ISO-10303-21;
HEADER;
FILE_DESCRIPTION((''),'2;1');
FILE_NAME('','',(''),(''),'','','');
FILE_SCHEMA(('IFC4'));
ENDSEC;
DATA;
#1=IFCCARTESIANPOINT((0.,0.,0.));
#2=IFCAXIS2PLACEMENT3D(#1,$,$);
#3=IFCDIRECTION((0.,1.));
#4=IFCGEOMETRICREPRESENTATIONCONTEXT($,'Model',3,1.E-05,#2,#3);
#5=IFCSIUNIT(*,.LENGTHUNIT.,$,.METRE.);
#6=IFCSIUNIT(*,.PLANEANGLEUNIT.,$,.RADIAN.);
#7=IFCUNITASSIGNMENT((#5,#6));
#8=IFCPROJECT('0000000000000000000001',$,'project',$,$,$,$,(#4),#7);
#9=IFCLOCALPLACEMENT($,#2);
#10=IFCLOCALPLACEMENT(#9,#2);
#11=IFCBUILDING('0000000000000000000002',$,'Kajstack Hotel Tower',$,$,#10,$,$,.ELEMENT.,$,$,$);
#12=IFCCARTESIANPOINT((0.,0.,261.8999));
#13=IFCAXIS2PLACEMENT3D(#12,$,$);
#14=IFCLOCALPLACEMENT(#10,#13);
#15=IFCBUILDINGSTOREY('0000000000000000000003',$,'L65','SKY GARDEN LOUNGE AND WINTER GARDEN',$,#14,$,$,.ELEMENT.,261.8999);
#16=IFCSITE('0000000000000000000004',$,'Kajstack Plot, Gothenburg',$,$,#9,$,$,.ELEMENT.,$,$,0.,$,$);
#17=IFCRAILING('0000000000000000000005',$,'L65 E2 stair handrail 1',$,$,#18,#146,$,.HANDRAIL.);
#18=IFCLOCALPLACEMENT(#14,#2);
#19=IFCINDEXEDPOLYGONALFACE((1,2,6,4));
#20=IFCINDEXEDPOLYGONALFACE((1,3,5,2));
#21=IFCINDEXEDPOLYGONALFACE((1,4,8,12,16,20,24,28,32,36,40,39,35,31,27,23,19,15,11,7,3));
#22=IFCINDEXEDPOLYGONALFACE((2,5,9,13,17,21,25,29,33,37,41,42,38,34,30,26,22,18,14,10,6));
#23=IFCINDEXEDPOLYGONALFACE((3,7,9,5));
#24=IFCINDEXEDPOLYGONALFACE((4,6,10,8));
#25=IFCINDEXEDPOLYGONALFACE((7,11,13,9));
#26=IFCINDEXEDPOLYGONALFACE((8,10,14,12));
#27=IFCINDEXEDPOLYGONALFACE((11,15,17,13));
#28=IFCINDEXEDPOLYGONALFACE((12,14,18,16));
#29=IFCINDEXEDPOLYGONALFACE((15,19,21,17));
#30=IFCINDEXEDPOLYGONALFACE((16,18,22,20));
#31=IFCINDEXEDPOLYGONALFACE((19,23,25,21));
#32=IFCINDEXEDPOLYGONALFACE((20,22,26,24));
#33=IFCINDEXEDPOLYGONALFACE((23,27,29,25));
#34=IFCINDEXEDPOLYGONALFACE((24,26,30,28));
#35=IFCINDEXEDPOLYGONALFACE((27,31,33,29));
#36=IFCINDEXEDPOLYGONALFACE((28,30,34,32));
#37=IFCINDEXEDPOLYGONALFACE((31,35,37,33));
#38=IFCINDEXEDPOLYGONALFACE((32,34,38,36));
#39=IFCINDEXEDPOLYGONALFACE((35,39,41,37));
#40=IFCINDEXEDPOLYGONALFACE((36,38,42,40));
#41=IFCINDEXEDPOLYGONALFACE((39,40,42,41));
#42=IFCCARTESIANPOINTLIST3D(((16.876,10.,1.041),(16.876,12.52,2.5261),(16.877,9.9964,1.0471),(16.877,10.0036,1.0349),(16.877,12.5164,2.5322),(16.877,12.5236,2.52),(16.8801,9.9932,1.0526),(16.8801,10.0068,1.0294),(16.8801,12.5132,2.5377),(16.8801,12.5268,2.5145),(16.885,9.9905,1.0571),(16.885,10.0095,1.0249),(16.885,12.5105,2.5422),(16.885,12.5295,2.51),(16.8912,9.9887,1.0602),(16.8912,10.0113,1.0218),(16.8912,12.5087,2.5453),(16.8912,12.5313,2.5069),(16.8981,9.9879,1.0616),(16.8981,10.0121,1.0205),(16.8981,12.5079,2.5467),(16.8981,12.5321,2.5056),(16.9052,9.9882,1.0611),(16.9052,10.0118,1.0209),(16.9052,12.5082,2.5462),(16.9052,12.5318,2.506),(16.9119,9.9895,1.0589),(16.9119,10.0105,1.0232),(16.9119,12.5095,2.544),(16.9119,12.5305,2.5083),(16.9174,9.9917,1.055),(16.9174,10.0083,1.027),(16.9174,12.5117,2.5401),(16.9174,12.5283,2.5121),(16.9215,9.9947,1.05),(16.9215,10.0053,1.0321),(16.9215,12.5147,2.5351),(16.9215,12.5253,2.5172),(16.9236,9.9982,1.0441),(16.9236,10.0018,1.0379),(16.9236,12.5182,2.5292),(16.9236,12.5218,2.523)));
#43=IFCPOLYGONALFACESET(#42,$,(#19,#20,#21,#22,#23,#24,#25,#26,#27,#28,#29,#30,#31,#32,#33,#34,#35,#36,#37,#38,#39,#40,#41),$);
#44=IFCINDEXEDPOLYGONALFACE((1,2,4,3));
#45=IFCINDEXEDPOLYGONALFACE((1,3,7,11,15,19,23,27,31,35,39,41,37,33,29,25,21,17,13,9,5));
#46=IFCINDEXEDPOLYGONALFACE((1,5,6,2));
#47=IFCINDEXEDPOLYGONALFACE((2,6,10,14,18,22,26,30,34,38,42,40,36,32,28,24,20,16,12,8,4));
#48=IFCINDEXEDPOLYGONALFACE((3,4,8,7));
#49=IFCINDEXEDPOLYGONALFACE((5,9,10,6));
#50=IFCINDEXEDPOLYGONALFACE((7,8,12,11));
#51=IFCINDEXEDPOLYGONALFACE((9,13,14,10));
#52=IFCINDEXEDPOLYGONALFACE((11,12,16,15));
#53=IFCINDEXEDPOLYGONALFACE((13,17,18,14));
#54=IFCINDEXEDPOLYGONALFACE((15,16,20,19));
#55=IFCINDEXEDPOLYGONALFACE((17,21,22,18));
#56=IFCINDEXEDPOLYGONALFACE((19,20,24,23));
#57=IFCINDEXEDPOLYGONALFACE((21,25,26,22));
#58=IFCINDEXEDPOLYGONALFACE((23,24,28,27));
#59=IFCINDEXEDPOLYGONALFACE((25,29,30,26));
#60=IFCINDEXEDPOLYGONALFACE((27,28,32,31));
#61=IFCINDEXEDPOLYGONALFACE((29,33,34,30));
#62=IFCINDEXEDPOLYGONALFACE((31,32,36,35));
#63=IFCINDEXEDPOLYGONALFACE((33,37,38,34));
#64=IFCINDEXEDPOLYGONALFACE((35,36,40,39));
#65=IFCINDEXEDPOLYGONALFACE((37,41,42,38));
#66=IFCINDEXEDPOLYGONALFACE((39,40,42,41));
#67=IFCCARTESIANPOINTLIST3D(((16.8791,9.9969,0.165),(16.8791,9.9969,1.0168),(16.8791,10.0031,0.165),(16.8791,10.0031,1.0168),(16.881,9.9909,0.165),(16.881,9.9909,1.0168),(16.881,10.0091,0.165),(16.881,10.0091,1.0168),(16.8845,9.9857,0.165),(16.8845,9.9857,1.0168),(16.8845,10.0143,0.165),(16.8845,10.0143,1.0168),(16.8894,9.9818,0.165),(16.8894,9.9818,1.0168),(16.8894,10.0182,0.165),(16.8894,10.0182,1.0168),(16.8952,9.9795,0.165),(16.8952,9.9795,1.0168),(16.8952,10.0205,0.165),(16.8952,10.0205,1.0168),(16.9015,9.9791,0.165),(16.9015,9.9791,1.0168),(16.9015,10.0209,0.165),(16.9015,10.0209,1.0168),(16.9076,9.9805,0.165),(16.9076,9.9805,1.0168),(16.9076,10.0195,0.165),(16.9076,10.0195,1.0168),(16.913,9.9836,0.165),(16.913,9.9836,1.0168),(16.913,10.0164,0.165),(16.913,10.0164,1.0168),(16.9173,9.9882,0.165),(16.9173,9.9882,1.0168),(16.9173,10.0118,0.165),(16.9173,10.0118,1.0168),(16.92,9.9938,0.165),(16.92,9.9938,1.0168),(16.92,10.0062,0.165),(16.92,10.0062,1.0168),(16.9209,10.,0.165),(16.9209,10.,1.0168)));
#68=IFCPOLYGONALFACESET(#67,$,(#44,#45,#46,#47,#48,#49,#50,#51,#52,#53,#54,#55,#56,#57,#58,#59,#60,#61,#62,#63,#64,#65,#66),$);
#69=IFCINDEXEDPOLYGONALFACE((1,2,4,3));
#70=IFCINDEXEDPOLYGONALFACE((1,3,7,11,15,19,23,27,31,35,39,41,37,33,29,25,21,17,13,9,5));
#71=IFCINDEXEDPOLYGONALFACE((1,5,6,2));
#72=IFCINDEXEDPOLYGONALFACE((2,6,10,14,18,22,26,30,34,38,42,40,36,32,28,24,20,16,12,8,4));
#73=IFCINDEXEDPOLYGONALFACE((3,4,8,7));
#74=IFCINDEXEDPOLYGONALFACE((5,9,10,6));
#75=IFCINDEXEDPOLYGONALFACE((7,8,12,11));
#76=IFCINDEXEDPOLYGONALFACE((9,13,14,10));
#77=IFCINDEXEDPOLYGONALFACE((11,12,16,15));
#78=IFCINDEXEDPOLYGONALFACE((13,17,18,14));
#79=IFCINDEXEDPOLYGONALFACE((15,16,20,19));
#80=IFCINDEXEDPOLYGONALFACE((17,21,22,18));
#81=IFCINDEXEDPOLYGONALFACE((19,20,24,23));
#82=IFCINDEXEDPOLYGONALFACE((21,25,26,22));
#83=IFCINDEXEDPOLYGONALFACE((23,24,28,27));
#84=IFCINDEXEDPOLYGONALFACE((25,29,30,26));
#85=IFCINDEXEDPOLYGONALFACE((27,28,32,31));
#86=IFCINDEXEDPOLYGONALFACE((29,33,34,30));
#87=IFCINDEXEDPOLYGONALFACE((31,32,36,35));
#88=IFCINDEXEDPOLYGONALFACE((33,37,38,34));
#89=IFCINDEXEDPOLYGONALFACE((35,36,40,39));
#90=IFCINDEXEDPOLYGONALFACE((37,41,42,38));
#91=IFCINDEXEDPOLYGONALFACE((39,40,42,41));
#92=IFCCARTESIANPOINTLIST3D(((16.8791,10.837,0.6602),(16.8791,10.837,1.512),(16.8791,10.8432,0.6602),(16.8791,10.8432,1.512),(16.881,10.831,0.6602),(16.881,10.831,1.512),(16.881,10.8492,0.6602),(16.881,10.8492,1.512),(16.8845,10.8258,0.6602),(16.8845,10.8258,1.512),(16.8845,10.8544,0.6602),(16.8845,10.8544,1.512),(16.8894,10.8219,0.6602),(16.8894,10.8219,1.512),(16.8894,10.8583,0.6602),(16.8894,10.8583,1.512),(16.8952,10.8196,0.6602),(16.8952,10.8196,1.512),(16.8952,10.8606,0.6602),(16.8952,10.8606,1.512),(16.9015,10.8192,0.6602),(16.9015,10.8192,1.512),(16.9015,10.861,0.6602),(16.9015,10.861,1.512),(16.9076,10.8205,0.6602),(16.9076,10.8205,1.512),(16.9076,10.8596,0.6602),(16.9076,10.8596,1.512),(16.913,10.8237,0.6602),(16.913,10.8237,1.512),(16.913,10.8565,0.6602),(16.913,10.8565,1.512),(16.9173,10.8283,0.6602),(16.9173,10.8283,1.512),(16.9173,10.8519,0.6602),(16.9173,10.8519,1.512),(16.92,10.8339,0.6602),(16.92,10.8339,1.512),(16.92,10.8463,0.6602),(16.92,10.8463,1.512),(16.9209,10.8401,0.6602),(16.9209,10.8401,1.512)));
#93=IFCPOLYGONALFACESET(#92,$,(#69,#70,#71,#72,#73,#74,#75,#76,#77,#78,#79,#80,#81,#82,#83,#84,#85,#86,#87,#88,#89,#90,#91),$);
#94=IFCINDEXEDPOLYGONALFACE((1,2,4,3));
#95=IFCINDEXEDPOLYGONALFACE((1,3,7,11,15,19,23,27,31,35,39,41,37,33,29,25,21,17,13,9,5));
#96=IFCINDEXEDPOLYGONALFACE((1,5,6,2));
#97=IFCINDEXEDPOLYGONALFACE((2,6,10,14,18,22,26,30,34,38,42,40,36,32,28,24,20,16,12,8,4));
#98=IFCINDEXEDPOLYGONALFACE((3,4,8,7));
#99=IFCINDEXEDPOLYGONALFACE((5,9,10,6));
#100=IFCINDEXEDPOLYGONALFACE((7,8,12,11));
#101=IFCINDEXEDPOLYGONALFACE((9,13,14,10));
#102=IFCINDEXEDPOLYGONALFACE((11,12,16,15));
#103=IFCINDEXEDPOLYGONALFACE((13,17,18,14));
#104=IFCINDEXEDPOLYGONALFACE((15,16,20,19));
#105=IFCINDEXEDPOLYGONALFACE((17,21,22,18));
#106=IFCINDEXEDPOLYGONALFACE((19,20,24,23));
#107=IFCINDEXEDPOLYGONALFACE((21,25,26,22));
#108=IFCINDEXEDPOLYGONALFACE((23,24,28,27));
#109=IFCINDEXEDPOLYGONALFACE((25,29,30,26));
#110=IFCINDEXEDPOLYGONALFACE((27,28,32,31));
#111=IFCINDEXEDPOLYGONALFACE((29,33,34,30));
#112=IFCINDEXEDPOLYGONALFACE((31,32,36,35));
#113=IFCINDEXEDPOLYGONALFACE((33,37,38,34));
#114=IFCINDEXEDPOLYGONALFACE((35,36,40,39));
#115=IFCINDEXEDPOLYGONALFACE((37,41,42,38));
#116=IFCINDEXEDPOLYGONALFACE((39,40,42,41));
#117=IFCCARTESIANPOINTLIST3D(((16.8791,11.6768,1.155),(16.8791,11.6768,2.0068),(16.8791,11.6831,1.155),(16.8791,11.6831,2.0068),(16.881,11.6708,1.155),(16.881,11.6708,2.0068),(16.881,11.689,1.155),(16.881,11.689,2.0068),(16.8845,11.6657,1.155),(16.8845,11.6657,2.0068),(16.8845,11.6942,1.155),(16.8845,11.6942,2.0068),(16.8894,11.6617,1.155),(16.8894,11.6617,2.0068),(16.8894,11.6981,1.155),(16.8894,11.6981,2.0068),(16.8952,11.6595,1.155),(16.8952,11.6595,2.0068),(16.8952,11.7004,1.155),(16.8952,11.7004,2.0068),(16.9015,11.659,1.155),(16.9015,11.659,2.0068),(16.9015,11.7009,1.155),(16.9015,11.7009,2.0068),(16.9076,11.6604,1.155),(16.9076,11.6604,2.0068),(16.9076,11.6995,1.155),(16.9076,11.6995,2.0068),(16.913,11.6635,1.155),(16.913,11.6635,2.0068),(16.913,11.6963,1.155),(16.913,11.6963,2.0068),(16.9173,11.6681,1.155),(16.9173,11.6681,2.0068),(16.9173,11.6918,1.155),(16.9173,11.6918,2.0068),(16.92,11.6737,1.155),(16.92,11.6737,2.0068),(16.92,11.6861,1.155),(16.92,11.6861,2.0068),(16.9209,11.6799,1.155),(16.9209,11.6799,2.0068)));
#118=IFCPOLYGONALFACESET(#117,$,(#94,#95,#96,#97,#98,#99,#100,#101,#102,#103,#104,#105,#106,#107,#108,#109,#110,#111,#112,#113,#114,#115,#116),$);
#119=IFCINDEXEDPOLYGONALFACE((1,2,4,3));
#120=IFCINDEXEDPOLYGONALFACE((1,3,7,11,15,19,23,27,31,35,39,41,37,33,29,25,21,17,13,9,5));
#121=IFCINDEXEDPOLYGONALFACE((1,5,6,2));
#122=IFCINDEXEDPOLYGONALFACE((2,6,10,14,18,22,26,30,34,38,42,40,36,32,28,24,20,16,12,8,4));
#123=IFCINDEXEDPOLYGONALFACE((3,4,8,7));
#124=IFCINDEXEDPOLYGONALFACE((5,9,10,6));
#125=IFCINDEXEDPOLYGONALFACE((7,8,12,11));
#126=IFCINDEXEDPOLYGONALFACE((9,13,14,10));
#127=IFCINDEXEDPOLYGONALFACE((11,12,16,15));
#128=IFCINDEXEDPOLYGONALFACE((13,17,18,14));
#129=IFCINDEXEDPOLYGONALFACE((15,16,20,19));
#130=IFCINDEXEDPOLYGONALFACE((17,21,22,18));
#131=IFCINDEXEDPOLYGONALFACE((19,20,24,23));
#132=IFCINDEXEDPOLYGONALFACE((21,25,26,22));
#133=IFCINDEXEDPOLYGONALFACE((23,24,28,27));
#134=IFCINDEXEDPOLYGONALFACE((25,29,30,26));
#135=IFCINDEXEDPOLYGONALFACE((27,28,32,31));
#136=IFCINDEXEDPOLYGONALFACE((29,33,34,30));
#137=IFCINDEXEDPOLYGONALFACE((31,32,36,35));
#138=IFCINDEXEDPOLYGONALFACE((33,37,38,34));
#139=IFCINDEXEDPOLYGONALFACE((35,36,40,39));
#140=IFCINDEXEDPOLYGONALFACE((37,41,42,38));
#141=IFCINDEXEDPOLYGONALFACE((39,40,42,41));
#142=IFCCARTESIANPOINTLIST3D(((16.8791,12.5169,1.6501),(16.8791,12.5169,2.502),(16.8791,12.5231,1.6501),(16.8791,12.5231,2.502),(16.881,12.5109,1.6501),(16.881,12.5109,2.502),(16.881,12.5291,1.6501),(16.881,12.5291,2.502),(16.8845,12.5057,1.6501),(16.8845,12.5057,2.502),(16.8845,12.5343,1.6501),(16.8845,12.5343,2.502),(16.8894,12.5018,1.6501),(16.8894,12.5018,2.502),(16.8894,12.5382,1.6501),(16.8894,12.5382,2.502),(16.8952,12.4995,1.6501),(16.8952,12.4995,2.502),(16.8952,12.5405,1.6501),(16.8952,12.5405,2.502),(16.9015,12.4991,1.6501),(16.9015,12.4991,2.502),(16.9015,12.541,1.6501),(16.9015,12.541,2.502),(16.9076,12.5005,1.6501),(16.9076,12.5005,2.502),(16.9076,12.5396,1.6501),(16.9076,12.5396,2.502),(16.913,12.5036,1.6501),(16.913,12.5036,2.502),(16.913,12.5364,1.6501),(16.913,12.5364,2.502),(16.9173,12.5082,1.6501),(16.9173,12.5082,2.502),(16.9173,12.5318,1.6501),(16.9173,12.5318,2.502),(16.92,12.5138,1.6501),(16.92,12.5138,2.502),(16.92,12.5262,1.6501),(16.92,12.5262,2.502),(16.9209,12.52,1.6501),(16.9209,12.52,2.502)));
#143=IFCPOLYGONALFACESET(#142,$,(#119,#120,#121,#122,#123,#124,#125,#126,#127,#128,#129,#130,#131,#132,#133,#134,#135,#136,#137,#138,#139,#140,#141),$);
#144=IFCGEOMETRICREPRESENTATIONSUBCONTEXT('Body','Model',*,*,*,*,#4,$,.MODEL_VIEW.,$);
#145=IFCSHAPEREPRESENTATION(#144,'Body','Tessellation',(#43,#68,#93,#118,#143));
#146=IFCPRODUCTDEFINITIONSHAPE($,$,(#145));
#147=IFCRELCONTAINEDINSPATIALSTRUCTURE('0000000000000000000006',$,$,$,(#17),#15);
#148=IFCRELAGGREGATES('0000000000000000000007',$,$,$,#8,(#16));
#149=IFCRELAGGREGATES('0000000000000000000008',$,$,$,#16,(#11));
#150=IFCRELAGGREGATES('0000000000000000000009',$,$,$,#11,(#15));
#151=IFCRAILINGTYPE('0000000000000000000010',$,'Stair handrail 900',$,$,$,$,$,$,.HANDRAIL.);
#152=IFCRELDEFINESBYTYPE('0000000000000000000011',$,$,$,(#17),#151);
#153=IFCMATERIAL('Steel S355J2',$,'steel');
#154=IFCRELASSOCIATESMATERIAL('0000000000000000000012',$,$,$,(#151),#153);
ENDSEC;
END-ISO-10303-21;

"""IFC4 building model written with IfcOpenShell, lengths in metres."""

from ifc_helpers import new_model, si_unit, direction, frame, origin, origin_2d, place, context, subcontext, project, spatial, circle, extrude, material, type_object, element, save


model = new_model("IFC4")

# Units and contexts
model_context = context("Model", 3, precision=1e-05, world=origin(), true_north=direction((0.0, 1.0)))
body_context = subcontext(model_context, "Body", "Model", "MODEL_VIEW")
ifc_project = project(units=[si_unit("LENGTHUNIT", "METRE"), si_unit("PLANEANGLEUNIT", "RADIAN")], contexts=[model_context])

# Site, building, storey
site_placement = place(None, origin())
site = spatial("IfcSite", under=ifc_project, at=site_placement, Name="Kajstack Plot, Gothenburg", CompositionType="ELEMENT", RefElevation=0.0)
building_placement = place(site_placement, origin())
building = spatial("IfcBuilding", under=site, at=building_placement, Name="Kajstack Hotel Tower", CompositionType="ELEMENT")
storey_placement = place(building_placement, frame((0.0, 0.0, 261.8999)))
storey = spatial("IfcBuildingStorey", under=building, at=storey_placement, Name="L65", Description="SKY GARDEN LOUNGE AND WINTER GARDEN", CompositionType="ELEMENT", Elevation=261.8999)

# Railing
ifc_material_1 = material(Name="Steel S355J2", Category="steel")
railing_type_1 = type_object("IfcRailingType", Name="Stair handrail 900", PredefinedType="HANDRAIL", material=ifc_material_1)
for number, where, name in (
    (1, (16.8999, 10.0, 0.165), "L65 E2 stair handrail 1"),
):
    element("IfcRailing", number, at=place(storey_placement, frame(where)), inside=storey, type_object=railing_type_1, Name=name, PredefinedType="HANDRAIL", context=body_context, shape_type="SweptSolid", body=[
        extrude(circle(Radius=0.0239, at=origin_2d()), frame((0.0, 0.0, 0.876), z_axis=(0.0, 0.861524, 0.507717), x_axis=(-1.0, 0.0, 0.0)), (0.0, 0.0, 1.0), 2.925),
        extrude(circle(Radius=0.021, at=origin_2d()), origin(), (0.0, 0.0, 1.0), 0.8518),
        extrude(circle(Radius=0.021, at=origin_2d()), frame((0.0, 0.8401, 0.4951)), (0.0, 0.0, 1.0), 0.8518),
        extrude(circle(Radius=0.021, at=origin_2d()), frame((0.0, 1.6799, 0.99)), (0.0, 0.0, 1.0), 0.8518),
        extrude(circle(Radius=0.021, at=origin_2d()), frame((0.0, 2.52, 1.4851)), (0.0, 0.0, 1.0), 0.8518),
    ])

save(model, "model.ifc")
